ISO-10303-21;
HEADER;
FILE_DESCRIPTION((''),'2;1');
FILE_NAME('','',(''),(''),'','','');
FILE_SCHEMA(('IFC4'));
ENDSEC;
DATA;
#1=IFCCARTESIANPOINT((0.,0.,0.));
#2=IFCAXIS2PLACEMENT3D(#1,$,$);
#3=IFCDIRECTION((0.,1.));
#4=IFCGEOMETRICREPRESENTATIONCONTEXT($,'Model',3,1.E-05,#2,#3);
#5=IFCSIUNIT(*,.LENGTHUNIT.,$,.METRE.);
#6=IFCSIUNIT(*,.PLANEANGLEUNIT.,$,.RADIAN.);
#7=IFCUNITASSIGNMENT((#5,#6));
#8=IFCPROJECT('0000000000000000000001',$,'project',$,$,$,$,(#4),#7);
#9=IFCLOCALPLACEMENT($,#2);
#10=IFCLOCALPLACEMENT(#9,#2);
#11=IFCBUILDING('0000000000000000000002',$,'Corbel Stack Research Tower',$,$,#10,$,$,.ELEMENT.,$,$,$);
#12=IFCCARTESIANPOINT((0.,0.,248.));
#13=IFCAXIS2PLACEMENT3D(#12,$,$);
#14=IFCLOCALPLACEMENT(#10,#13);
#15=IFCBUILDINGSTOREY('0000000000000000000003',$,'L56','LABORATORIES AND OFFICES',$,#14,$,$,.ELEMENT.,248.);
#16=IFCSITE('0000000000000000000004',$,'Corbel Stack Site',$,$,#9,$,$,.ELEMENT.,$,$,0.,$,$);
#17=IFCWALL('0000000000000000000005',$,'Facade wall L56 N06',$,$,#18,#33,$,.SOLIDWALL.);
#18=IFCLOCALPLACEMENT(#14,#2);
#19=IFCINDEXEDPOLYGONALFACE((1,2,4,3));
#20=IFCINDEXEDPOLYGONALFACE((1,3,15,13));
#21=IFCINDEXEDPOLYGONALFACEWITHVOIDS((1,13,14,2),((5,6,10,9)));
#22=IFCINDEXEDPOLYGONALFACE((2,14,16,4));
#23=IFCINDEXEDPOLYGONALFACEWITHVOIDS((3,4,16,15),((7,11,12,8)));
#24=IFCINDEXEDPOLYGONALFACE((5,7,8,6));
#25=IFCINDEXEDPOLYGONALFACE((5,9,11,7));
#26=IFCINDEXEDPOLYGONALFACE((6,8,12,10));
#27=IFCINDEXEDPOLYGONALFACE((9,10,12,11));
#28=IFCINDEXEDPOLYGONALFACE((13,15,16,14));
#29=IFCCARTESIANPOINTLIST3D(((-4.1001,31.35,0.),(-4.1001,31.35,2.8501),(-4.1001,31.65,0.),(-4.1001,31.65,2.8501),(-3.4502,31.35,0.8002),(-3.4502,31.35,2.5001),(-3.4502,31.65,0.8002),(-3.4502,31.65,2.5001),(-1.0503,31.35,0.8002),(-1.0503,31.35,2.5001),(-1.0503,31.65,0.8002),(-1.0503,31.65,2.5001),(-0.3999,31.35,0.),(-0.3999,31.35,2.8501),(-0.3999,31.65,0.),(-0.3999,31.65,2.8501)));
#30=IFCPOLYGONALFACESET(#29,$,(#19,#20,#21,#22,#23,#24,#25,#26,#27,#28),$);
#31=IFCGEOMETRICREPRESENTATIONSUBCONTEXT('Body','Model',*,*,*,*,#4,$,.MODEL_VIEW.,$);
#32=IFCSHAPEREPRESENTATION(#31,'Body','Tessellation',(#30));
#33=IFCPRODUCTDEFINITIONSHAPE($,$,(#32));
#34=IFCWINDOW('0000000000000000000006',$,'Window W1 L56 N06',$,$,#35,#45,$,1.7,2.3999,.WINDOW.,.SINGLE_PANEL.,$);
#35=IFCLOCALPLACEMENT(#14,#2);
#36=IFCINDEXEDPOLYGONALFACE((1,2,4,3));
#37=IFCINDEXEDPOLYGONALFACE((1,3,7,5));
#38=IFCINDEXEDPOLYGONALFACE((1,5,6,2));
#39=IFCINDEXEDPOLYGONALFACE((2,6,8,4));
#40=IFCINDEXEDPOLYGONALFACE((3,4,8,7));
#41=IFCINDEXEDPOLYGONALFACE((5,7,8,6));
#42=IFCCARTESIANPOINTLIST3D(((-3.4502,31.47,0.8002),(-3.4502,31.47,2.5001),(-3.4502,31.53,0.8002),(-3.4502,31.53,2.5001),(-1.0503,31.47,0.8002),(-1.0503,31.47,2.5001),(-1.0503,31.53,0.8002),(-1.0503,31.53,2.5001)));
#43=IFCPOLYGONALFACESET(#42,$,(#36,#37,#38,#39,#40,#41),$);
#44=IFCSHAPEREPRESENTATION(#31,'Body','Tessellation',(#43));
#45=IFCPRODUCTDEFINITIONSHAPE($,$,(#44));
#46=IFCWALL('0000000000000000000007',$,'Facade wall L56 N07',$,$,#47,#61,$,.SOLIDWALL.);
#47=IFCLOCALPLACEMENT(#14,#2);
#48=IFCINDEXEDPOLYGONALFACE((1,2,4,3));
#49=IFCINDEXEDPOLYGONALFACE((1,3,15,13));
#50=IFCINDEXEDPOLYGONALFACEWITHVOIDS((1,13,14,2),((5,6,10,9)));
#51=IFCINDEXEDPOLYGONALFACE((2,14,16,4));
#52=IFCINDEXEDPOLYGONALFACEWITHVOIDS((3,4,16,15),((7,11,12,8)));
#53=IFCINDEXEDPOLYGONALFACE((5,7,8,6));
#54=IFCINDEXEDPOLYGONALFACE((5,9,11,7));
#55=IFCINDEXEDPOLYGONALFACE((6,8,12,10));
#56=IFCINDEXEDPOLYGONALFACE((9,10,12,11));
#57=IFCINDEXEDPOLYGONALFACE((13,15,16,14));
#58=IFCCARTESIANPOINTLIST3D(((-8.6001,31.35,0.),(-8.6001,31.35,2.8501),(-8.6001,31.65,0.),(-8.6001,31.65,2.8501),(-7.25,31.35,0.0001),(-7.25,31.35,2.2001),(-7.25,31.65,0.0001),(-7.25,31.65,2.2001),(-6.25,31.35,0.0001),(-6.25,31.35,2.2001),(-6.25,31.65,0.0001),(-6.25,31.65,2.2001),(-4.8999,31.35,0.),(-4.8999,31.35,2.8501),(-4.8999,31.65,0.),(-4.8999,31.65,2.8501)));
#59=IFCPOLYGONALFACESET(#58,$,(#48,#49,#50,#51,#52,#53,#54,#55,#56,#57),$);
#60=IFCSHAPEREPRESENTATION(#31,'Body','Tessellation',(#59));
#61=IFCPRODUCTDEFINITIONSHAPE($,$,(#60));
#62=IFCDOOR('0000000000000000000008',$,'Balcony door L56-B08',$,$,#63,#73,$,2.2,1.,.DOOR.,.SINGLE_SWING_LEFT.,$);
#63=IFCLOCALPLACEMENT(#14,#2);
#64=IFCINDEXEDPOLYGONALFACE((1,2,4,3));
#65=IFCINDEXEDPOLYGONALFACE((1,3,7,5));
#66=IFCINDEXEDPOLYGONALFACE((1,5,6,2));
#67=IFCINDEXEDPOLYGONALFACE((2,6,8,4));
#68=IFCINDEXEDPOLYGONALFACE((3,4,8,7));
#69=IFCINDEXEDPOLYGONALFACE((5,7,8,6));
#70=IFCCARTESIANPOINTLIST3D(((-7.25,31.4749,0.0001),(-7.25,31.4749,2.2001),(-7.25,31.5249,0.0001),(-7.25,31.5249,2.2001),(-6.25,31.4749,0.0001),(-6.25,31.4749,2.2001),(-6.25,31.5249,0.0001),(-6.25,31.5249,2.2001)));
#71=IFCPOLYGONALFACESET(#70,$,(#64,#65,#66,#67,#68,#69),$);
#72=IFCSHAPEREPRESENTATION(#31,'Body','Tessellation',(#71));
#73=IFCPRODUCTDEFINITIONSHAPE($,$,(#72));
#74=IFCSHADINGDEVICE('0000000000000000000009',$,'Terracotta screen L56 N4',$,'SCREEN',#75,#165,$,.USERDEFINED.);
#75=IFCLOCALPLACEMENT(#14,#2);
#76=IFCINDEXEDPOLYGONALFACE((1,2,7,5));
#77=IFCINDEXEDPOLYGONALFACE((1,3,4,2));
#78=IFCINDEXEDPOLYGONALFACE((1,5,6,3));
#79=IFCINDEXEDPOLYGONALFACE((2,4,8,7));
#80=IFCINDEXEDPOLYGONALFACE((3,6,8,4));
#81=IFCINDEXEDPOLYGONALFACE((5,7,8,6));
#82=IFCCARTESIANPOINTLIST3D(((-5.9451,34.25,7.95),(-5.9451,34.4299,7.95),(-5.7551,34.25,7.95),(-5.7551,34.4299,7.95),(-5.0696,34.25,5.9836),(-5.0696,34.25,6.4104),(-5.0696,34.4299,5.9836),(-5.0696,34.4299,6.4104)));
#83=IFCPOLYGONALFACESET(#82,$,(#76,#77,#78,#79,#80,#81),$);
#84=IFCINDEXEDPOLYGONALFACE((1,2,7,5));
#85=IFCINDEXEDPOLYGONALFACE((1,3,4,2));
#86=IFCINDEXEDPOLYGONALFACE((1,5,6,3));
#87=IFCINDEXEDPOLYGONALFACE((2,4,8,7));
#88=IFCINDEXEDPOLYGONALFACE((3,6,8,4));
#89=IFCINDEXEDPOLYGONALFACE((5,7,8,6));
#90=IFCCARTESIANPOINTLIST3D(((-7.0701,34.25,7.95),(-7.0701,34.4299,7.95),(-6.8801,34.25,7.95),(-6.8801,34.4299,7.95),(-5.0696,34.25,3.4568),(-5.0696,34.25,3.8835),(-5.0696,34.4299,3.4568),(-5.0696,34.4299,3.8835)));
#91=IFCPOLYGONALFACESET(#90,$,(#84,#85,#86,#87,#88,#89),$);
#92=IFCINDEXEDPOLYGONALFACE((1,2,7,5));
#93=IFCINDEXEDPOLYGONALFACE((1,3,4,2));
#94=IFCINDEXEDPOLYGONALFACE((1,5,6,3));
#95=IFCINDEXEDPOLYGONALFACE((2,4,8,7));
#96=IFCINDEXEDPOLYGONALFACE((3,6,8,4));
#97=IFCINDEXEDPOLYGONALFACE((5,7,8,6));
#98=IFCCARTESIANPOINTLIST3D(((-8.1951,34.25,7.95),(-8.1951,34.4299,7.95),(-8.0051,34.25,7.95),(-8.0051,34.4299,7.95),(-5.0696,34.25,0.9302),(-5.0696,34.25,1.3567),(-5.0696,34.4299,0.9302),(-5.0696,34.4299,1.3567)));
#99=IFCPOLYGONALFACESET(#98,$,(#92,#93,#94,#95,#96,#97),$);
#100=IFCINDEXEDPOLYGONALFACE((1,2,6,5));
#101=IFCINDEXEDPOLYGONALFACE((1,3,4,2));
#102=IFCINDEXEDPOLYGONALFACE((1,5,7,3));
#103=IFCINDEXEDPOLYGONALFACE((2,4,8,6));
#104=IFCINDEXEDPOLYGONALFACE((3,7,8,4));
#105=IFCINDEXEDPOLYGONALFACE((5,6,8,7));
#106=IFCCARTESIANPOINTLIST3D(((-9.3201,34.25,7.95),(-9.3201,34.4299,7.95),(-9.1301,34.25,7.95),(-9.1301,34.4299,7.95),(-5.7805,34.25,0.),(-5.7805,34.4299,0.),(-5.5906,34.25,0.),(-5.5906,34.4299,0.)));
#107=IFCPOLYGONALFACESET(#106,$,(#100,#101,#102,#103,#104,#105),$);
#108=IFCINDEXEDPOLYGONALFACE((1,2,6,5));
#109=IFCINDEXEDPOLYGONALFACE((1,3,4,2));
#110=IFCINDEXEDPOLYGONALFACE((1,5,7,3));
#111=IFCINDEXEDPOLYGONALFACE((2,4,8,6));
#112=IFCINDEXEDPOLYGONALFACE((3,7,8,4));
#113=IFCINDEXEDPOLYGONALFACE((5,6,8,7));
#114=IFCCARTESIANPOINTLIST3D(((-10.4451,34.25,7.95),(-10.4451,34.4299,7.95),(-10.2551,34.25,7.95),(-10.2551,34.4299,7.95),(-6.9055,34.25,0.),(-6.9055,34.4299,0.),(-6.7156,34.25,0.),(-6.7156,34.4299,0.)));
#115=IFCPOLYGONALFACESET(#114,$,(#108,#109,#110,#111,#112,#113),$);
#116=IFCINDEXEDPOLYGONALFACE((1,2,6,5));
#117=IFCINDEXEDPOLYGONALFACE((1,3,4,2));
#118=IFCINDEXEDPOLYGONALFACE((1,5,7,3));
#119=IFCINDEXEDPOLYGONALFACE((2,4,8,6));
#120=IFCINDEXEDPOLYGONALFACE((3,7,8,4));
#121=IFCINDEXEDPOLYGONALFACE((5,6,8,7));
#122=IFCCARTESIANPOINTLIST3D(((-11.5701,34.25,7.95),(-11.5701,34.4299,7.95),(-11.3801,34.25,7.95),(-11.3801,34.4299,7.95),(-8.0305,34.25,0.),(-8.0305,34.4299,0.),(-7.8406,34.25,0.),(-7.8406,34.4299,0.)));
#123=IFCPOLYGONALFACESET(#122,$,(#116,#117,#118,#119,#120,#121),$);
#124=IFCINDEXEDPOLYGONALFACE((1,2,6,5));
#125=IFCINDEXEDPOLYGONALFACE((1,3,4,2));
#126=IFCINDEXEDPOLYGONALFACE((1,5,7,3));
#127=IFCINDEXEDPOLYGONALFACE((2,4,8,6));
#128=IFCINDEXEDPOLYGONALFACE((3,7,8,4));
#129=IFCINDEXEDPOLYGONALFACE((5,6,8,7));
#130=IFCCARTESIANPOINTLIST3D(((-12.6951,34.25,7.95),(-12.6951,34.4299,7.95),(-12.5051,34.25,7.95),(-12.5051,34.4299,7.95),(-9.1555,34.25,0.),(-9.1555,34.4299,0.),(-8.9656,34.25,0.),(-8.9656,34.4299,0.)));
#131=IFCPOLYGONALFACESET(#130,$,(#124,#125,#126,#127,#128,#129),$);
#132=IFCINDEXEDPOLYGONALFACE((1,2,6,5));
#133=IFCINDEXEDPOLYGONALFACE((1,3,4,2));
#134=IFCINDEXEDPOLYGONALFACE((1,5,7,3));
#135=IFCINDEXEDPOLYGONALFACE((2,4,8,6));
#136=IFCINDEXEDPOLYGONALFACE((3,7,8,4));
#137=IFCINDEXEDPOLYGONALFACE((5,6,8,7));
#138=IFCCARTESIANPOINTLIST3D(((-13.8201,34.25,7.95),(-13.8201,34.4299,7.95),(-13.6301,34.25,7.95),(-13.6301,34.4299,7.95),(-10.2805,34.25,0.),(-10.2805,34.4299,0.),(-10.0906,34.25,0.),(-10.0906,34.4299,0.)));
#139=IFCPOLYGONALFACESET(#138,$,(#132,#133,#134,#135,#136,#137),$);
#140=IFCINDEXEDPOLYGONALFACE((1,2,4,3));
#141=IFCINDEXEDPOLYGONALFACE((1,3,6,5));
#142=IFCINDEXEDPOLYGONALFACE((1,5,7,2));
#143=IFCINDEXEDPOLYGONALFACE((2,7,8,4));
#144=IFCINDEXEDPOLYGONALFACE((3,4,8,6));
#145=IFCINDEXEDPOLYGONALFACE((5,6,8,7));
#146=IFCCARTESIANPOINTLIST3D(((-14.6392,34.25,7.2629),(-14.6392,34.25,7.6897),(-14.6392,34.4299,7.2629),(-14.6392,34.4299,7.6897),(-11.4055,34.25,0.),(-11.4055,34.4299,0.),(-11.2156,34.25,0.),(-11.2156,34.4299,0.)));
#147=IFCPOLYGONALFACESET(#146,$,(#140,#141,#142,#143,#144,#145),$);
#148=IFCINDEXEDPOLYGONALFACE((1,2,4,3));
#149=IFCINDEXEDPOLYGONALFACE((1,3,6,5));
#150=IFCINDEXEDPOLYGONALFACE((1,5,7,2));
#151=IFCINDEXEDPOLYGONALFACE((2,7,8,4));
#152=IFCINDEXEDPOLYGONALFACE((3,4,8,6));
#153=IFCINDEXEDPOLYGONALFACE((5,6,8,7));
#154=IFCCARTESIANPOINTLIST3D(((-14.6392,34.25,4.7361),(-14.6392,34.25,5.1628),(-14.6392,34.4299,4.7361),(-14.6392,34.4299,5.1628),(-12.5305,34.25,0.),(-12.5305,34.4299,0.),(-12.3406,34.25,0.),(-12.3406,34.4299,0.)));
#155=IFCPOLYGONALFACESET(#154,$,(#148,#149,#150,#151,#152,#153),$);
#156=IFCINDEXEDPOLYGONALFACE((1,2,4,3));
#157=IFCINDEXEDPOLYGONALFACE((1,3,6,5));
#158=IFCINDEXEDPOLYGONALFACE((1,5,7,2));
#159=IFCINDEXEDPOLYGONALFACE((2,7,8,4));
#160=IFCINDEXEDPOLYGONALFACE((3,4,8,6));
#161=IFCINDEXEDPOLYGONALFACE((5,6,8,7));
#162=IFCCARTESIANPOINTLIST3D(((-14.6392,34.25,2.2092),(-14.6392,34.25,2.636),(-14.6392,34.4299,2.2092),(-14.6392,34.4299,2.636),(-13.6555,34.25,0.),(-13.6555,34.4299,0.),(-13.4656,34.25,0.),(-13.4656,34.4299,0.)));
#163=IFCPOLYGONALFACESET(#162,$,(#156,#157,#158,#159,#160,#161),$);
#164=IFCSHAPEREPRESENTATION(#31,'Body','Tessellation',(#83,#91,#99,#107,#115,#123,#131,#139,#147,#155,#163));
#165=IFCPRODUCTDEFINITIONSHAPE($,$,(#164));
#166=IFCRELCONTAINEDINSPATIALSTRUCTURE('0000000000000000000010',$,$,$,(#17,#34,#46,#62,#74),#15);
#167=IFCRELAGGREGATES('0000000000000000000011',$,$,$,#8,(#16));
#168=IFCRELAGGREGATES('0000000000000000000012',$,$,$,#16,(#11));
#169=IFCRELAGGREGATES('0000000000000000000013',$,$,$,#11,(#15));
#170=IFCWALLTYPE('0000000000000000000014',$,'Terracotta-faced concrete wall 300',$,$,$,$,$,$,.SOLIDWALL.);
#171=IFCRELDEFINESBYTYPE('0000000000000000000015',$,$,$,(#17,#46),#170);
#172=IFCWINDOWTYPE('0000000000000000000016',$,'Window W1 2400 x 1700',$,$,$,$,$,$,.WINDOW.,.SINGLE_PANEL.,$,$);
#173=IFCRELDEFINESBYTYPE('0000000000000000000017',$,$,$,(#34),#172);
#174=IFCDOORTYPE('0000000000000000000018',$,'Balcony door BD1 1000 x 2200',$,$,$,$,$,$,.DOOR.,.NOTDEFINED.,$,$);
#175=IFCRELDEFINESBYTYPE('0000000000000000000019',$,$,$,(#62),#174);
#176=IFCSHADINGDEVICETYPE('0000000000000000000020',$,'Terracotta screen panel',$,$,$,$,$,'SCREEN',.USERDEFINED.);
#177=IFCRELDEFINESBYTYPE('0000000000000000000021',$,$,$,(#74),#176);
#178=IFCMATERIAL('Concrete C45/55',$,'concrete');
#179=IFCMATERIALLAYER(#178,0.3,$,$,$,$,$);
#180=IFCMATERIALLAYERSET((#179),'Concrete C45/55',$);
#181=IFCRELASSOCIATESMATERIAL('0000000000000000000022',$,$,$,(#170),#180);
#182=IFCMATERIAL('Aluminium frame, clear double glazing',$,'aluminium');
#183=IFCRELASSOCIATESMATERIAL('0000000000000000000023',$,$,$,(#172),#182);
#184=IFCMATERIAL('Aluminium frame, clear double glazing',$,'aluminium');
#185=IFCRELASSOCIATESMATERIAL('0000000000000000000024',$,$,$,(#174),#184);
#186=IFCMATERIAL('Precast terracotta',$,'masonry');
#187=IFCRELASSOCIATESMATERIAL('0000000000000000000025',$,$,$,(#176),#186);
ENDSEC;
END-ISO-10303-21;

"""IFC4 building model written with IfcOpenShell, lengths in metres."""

from ifc_helpers import new_model, si_unit, direction, frame, frame_2d, origin, place, context, subcontext, project, spatial, polyline, rectangle, outline, extrude, source, transform, mapped, material, layer, layer_set, type_object, element, fill, save


model = new_model("IFC4")

# Units and contexts
model_context = context("Model", 3, precision=1e-05, world=origin(), true_north=direction((0.0, 1.0)))
body_context = subcontext(model_context, "Body", "Model", "MODEL_VIEW")
ifc_project = project(units=[si_unit("LENGTHUNIT", "METRE"), si_unit("PLANEANGLEUNIT", "RADIAN")], contexts=[model_context])

# Site, building, storey
site_placement = place(None, origin())
site = spatial("IfcSite", under=ifc_project, at=site_placement, Name="Corbel Stack Site", CompositionType="ELEMENT", RefElevation=0.0)
building_placement = place(site_placement, origin())
building = spatial("IfcBuilding", under=site, at=building_placement, Name="Corbel Stack Research Tower", CompositionType="ELEMENT")
storey_placement = place(building_placement, frame((0.0, 0.0, 248.0)))
storey = spatial("IfcBuildingStorey", under=building, at=storey_placement, Name="L56", Description="LABORATORIES AND OFFICES", CompositionType="ELEMENT", Elevation=248.0)

# Wall, opening, window
ifc_material_1 = material(Name="Concrete C45/55", Category="concrete")
ifc_layer_1 = layer(ifc_material_1, 0.3)
ifc_layer_set_1 = layer_set([ifc_layer_1], Name="Concrete C45/55")
wall_type_1 = type_object("IfcWallType", Name="Terracotta-faced concrete wall 300", PredefinedType="SOLIDWALL", material=ifc_layer_set_1)
ifc_material_2 = material(Name="Aluminium frame, clear double glazing", Category="aluminium")
window_type = type_object("IfcWindowType", Name="Window W1 2400 x 1700", PartitioningType="SINGLE_PANEL", PredefinedType="WINDOW", material=ifc_material_2)
wall_1_placement = place(storey_placement, frame((-4.1001, 31.5, 0.0), z_axis=(0.0, 0.0, 1.0), x_axis=(1.0, 0.0, 0.0)))
wall_1 = element("IfcWall", 1, at=wall_1_placement, inside=storey, type_object=wall_type_1, Name="Facade wall L56 N06", PredefinedType="SOLIDWALL", context=body_context, shape_type="SweptSolid", body=[
    extrude(rectangle(XDim=3.7002, YDim=0.3, at=frame_2d((1.8501, 0.0))), origin(), (0.0, 0.0, 1.0), 2.8501),
])
opening_1_placement = place(wall_1_placement, frame((0.6499, 0.0, 0.8)))
opening_1 = element("IfcOpeningElement", 2, at=opening_1_placement, cuts=wall_1, PredefinedType="OPENING", context=body_context, shape_type="SweptSolid", body=[
    extrude(rectangle(XDim=2.3999, YDim=1.7, at=frame_2d((1.2, 0.8501))), frame((0.0, 0.1599, 0.0), z_axis=(0.0, -1.0, 0.0), x_axis=(1.0, 0.0, 0.0)), (0.0, 0.0, 1.0), 0.3201),
])
window_1_placement = place(opening_1_placement, origin())
window_1 = element("IfcWindow", 3, at=window_1_placement, inside=storey, type_object=window_type, Name="Window W1 L56 N06", OverallHeight=1.7, OverallWidth=2.3999, PartitioningType="SINGLE_PANEL", PredefinedType="WINDOW", context=body_context, shape_type="SweptSolid", body=[
    extrude(rectangle(XDim=2.3999, YDim=1.7, at=frame_2d((1.2, 0.8501))), frame((0.0, 0.03, 0.0), z_axis=(0.0, -1.0, 0.0), x_axis=(1.0, 0.0, 0.0)), (0.0, 0.0, 1.0), 0.0601),
])
fill(opening_1, window_1)

# Wall, opening, door
wall_2_placement = place(storey_placement, frame((-8.6001, 31.5, 0.0), z_axis=(0.0, 0.0, 1.0), x_axis=(1.0, 0.0, 0.0)))
wall_2 = element("IfcWall", 4, at=wall_2_placement, inside=storey, type_object=wall_type_1, Name="Facade wall L56 N07", PredefinedType="SOLIDWALL", context=body_context, shape_type="SweptSolid", body=[
    extrude(rectangle(XDim=3.7002, YDim=0.3, at=frame_2d((1.8501, 0.0))), origin(), (0.0, 0.0, 1.0), 2.8501),
])
opening_2_placement = place(wall_2_placement, frame((1.3501, 0.0, 0.0)))
opening_2 = element("IfcOpeningElement", 5, at=opening_2_placement, cuts=wall_2, PredefinedType="OPENING", context=body_context, shape_type="SweptSolid", body=[
    extrude(rectangle(XDim=1.0, YDim=2.2, at=frame_2d((0.5, 1.1001))), frame((0.0, 0.1599, 0.0), z_axis=(0.0, -1.0, 0.0), x_axis=(1.0, 0.0, 0.0)), (0.0, 0.0, 1.0), 0.3201),
])
ifc_material_3 = material(Name="Aluminium frame, clear double glazing", Category="aluminium")
door_type_1 = type_object("IfcDoorType", Name="Balcony door BD1 1000 x 2200", OperationType="NOTDEFINED", PredefinedType="DOOR", material=ifc_material_3)
door_1_placement = place(opening_2_placement, origin())
door_1 = element("IfcDoor", 6, at=door_1_placement, inside=storey, type_object=door_type_1, Name="Balcony door L56-B08", OperationType="SINGLE_SWING_LEFT", OverallHeight=2.2, OverallWidth=1.0, PredefinedType="DOOR", context=body_context, shape_type="SweptSolid", body=[
    extrude(rectangle(XDim=1.0, YDim=2.2, at=frame_2d((0.5, 1.1001))), frame((0.0, 0.0249, 0.0), z_axis=(0.0, -1.0, 0.0), x_axis=(1.0, 0.0, 0.0)), (0.0, 0.0, 1.0), 0.05),
])
fill(opening_2, door_1)

# Shading device
ifc_material_4 = material(Name="Precast terracotta", Category="masonry")
shading_device_type = type_object("IfcShadingDeviceType", Name="Terracotta screen panel", ElementType="SCREEN", PredefinedType="USERDEFINED", material=ifc_material_4)
shared_shape = source(origin(), body_context, "Body", "SweptSolid", [
    extrude(outline(polyline([(0.8755, 7.95), (0.6855, 7.95), (0.0, 6.4104), (0.0, 5.9836), (0.8755, 7.95)])), frame((0.0, 0.0, 0.0), z_axis=(0.0, -1.0, 0.0), x_axis=(1.0, 0.0, 0.0)), (0.0, 0.0, 1.0), 0.1799),
    extrude(outline(polyline([(2.0005, 7.95), (1.8105, 7.95), (0.0, 3.8835), (0.0, 3.4568), (2.0005, 7.95)])), frame((0.0, 0.0, 0.0), z_axis=(0.0, -1.0, 0.0), x_axis=(1.0, 0.0, 0.0)), (0.0, 0.0, 1.0), 0.1799),
    extrude(outline(polyline([(3.1255, 7.95), (2.9355, 7.95), (0.0, 1.3567), (0.0, 0.9302), (3.1255, 7.95)])), frame((0.0, 0.0, 0.0), z_axis=(0.0, -1.0, 0.0), x_axis=(1.0, 0.0, 0.0)), (0.0, 0.0, 1.0), 0.1799),
    extrude(outline(polyline([(0.7109, 0.0), (4.2505, 7.95), (4.0605, 7.95), (0.521, 0.0), (0.7109, 0.0)])), frame((0.0, 0.0, 0.0), z_axis=(0.0, -1.0, 0.0), x_axis=(1.0, 0.0, 0.0)), (0.0, 0.0, 1.0), 0.1799),
    extrude(outline(polyline([(1.8359, 0.0), (5.3755, 7.95), (5.1855, 7.95), (1.646, 0.0), (1.8359, 0.0)])), frame((0.0, 0.0, 0.0), z_axis=(0.0, -1.0, 0.0), x_axis=(1.0, 0.0, 0.0)), (0.0, 0.0, 1.0), 0.1799),
    extrude(outline(polyline([(2.9609, 0.0), (6.5005, 7.95), (6.3105, 7.95), (2.771, 0.0), (2.9609, 0.0)])), frame((0.0, 0.0, 0.0), z_axis=(0.0, -1.0, 0.0), x_axis=(1.0, 0.0, 0.0)), (0.0, 0.0, 1.0), 0.1799),
    extrude(outline(polyline([(4.0859, 0.0), (7.6255, 7.95), (7.4355, 7.95), (3.896, 0.0), (4.0859, 0.0)])), frame((0.0, 0.0, 0.0), z_axis=(0.0, -1.0, 0.0), x_axis=(1.0, 0.0, 0.0)), (0.0, 0.0, 1.0), 0.1799),
    extrude(outline(polyline([(5.2109, 0.0), (8.7505, 7.95), (8.5605, 7.95), (5.021, 0.0), (5.2109, 0.0)])), frame((0.0, 0.0, 0.0), z_axis=(0.0, -1.0, 0.0), x_axis=(1.0, 0.0, 0.0)), (0.0, 0.0, 1.0), 0.1799),
    extrude(outline(polyline([(6.3359, 0.0), (9.5696, 7.2629), (9.5696, 7.6897), (6.146, 0.0), (6.3359, 0.0)])), frame((0.0, 0.0, 0.0), z_axis=(0.0, -1.0, 0.0), x_axis=(1.0, 0.0, 0.0)), (0.0, 0.0, 1.0), 0.1799),
    extrude(outline(polyline([(7.4609, 0.0), (9.5696, 4.7361), (9.5696, 5.1628), (7.271, 0.0), (7.4609, 0.0)])), frame((0.0, 0.0, 0.0), z_axis=(0.0, -1.0, 0.0), x_axis=(1.0, 0.0, 0.0)), (0.0, 0.0, 1.0), 0.1799),
    extrude(outline(polyline([(8.5859, 0.0), (9.5696, 2.2092), (9.5696, 2.636), (8.396, 0.0), (8.5859, 0.0)])), frame((0.0, 0.0, 0.0), z_axis=(0.0, -1.0, 0.0), x_axis=(1.0, 0.0, 0.0)), (0.0, 0.0, 1.0), 0.1799),
])
shading_device_placement = place(storey_placement, frame((-5.0696, 34.25, 0.0), z_axis=(0.0, 0.0, 1.0), x_axis=(-1.0, 0.0, 0.0)))
element("IfcShadingDevice", 7, at=shading_device_placement, inside=storey, type_object=shading_device_type, Name="Terracotta screen L56 N4", ObjectType="SCREEN", PredefinedType="USERDEFINED", context=body_context, shape_type="MappedRepresentation", body=[
    mapped(shared_shape, transform((0.0, 0.0, 0.0))),
])

save(model, "model.ifc")
